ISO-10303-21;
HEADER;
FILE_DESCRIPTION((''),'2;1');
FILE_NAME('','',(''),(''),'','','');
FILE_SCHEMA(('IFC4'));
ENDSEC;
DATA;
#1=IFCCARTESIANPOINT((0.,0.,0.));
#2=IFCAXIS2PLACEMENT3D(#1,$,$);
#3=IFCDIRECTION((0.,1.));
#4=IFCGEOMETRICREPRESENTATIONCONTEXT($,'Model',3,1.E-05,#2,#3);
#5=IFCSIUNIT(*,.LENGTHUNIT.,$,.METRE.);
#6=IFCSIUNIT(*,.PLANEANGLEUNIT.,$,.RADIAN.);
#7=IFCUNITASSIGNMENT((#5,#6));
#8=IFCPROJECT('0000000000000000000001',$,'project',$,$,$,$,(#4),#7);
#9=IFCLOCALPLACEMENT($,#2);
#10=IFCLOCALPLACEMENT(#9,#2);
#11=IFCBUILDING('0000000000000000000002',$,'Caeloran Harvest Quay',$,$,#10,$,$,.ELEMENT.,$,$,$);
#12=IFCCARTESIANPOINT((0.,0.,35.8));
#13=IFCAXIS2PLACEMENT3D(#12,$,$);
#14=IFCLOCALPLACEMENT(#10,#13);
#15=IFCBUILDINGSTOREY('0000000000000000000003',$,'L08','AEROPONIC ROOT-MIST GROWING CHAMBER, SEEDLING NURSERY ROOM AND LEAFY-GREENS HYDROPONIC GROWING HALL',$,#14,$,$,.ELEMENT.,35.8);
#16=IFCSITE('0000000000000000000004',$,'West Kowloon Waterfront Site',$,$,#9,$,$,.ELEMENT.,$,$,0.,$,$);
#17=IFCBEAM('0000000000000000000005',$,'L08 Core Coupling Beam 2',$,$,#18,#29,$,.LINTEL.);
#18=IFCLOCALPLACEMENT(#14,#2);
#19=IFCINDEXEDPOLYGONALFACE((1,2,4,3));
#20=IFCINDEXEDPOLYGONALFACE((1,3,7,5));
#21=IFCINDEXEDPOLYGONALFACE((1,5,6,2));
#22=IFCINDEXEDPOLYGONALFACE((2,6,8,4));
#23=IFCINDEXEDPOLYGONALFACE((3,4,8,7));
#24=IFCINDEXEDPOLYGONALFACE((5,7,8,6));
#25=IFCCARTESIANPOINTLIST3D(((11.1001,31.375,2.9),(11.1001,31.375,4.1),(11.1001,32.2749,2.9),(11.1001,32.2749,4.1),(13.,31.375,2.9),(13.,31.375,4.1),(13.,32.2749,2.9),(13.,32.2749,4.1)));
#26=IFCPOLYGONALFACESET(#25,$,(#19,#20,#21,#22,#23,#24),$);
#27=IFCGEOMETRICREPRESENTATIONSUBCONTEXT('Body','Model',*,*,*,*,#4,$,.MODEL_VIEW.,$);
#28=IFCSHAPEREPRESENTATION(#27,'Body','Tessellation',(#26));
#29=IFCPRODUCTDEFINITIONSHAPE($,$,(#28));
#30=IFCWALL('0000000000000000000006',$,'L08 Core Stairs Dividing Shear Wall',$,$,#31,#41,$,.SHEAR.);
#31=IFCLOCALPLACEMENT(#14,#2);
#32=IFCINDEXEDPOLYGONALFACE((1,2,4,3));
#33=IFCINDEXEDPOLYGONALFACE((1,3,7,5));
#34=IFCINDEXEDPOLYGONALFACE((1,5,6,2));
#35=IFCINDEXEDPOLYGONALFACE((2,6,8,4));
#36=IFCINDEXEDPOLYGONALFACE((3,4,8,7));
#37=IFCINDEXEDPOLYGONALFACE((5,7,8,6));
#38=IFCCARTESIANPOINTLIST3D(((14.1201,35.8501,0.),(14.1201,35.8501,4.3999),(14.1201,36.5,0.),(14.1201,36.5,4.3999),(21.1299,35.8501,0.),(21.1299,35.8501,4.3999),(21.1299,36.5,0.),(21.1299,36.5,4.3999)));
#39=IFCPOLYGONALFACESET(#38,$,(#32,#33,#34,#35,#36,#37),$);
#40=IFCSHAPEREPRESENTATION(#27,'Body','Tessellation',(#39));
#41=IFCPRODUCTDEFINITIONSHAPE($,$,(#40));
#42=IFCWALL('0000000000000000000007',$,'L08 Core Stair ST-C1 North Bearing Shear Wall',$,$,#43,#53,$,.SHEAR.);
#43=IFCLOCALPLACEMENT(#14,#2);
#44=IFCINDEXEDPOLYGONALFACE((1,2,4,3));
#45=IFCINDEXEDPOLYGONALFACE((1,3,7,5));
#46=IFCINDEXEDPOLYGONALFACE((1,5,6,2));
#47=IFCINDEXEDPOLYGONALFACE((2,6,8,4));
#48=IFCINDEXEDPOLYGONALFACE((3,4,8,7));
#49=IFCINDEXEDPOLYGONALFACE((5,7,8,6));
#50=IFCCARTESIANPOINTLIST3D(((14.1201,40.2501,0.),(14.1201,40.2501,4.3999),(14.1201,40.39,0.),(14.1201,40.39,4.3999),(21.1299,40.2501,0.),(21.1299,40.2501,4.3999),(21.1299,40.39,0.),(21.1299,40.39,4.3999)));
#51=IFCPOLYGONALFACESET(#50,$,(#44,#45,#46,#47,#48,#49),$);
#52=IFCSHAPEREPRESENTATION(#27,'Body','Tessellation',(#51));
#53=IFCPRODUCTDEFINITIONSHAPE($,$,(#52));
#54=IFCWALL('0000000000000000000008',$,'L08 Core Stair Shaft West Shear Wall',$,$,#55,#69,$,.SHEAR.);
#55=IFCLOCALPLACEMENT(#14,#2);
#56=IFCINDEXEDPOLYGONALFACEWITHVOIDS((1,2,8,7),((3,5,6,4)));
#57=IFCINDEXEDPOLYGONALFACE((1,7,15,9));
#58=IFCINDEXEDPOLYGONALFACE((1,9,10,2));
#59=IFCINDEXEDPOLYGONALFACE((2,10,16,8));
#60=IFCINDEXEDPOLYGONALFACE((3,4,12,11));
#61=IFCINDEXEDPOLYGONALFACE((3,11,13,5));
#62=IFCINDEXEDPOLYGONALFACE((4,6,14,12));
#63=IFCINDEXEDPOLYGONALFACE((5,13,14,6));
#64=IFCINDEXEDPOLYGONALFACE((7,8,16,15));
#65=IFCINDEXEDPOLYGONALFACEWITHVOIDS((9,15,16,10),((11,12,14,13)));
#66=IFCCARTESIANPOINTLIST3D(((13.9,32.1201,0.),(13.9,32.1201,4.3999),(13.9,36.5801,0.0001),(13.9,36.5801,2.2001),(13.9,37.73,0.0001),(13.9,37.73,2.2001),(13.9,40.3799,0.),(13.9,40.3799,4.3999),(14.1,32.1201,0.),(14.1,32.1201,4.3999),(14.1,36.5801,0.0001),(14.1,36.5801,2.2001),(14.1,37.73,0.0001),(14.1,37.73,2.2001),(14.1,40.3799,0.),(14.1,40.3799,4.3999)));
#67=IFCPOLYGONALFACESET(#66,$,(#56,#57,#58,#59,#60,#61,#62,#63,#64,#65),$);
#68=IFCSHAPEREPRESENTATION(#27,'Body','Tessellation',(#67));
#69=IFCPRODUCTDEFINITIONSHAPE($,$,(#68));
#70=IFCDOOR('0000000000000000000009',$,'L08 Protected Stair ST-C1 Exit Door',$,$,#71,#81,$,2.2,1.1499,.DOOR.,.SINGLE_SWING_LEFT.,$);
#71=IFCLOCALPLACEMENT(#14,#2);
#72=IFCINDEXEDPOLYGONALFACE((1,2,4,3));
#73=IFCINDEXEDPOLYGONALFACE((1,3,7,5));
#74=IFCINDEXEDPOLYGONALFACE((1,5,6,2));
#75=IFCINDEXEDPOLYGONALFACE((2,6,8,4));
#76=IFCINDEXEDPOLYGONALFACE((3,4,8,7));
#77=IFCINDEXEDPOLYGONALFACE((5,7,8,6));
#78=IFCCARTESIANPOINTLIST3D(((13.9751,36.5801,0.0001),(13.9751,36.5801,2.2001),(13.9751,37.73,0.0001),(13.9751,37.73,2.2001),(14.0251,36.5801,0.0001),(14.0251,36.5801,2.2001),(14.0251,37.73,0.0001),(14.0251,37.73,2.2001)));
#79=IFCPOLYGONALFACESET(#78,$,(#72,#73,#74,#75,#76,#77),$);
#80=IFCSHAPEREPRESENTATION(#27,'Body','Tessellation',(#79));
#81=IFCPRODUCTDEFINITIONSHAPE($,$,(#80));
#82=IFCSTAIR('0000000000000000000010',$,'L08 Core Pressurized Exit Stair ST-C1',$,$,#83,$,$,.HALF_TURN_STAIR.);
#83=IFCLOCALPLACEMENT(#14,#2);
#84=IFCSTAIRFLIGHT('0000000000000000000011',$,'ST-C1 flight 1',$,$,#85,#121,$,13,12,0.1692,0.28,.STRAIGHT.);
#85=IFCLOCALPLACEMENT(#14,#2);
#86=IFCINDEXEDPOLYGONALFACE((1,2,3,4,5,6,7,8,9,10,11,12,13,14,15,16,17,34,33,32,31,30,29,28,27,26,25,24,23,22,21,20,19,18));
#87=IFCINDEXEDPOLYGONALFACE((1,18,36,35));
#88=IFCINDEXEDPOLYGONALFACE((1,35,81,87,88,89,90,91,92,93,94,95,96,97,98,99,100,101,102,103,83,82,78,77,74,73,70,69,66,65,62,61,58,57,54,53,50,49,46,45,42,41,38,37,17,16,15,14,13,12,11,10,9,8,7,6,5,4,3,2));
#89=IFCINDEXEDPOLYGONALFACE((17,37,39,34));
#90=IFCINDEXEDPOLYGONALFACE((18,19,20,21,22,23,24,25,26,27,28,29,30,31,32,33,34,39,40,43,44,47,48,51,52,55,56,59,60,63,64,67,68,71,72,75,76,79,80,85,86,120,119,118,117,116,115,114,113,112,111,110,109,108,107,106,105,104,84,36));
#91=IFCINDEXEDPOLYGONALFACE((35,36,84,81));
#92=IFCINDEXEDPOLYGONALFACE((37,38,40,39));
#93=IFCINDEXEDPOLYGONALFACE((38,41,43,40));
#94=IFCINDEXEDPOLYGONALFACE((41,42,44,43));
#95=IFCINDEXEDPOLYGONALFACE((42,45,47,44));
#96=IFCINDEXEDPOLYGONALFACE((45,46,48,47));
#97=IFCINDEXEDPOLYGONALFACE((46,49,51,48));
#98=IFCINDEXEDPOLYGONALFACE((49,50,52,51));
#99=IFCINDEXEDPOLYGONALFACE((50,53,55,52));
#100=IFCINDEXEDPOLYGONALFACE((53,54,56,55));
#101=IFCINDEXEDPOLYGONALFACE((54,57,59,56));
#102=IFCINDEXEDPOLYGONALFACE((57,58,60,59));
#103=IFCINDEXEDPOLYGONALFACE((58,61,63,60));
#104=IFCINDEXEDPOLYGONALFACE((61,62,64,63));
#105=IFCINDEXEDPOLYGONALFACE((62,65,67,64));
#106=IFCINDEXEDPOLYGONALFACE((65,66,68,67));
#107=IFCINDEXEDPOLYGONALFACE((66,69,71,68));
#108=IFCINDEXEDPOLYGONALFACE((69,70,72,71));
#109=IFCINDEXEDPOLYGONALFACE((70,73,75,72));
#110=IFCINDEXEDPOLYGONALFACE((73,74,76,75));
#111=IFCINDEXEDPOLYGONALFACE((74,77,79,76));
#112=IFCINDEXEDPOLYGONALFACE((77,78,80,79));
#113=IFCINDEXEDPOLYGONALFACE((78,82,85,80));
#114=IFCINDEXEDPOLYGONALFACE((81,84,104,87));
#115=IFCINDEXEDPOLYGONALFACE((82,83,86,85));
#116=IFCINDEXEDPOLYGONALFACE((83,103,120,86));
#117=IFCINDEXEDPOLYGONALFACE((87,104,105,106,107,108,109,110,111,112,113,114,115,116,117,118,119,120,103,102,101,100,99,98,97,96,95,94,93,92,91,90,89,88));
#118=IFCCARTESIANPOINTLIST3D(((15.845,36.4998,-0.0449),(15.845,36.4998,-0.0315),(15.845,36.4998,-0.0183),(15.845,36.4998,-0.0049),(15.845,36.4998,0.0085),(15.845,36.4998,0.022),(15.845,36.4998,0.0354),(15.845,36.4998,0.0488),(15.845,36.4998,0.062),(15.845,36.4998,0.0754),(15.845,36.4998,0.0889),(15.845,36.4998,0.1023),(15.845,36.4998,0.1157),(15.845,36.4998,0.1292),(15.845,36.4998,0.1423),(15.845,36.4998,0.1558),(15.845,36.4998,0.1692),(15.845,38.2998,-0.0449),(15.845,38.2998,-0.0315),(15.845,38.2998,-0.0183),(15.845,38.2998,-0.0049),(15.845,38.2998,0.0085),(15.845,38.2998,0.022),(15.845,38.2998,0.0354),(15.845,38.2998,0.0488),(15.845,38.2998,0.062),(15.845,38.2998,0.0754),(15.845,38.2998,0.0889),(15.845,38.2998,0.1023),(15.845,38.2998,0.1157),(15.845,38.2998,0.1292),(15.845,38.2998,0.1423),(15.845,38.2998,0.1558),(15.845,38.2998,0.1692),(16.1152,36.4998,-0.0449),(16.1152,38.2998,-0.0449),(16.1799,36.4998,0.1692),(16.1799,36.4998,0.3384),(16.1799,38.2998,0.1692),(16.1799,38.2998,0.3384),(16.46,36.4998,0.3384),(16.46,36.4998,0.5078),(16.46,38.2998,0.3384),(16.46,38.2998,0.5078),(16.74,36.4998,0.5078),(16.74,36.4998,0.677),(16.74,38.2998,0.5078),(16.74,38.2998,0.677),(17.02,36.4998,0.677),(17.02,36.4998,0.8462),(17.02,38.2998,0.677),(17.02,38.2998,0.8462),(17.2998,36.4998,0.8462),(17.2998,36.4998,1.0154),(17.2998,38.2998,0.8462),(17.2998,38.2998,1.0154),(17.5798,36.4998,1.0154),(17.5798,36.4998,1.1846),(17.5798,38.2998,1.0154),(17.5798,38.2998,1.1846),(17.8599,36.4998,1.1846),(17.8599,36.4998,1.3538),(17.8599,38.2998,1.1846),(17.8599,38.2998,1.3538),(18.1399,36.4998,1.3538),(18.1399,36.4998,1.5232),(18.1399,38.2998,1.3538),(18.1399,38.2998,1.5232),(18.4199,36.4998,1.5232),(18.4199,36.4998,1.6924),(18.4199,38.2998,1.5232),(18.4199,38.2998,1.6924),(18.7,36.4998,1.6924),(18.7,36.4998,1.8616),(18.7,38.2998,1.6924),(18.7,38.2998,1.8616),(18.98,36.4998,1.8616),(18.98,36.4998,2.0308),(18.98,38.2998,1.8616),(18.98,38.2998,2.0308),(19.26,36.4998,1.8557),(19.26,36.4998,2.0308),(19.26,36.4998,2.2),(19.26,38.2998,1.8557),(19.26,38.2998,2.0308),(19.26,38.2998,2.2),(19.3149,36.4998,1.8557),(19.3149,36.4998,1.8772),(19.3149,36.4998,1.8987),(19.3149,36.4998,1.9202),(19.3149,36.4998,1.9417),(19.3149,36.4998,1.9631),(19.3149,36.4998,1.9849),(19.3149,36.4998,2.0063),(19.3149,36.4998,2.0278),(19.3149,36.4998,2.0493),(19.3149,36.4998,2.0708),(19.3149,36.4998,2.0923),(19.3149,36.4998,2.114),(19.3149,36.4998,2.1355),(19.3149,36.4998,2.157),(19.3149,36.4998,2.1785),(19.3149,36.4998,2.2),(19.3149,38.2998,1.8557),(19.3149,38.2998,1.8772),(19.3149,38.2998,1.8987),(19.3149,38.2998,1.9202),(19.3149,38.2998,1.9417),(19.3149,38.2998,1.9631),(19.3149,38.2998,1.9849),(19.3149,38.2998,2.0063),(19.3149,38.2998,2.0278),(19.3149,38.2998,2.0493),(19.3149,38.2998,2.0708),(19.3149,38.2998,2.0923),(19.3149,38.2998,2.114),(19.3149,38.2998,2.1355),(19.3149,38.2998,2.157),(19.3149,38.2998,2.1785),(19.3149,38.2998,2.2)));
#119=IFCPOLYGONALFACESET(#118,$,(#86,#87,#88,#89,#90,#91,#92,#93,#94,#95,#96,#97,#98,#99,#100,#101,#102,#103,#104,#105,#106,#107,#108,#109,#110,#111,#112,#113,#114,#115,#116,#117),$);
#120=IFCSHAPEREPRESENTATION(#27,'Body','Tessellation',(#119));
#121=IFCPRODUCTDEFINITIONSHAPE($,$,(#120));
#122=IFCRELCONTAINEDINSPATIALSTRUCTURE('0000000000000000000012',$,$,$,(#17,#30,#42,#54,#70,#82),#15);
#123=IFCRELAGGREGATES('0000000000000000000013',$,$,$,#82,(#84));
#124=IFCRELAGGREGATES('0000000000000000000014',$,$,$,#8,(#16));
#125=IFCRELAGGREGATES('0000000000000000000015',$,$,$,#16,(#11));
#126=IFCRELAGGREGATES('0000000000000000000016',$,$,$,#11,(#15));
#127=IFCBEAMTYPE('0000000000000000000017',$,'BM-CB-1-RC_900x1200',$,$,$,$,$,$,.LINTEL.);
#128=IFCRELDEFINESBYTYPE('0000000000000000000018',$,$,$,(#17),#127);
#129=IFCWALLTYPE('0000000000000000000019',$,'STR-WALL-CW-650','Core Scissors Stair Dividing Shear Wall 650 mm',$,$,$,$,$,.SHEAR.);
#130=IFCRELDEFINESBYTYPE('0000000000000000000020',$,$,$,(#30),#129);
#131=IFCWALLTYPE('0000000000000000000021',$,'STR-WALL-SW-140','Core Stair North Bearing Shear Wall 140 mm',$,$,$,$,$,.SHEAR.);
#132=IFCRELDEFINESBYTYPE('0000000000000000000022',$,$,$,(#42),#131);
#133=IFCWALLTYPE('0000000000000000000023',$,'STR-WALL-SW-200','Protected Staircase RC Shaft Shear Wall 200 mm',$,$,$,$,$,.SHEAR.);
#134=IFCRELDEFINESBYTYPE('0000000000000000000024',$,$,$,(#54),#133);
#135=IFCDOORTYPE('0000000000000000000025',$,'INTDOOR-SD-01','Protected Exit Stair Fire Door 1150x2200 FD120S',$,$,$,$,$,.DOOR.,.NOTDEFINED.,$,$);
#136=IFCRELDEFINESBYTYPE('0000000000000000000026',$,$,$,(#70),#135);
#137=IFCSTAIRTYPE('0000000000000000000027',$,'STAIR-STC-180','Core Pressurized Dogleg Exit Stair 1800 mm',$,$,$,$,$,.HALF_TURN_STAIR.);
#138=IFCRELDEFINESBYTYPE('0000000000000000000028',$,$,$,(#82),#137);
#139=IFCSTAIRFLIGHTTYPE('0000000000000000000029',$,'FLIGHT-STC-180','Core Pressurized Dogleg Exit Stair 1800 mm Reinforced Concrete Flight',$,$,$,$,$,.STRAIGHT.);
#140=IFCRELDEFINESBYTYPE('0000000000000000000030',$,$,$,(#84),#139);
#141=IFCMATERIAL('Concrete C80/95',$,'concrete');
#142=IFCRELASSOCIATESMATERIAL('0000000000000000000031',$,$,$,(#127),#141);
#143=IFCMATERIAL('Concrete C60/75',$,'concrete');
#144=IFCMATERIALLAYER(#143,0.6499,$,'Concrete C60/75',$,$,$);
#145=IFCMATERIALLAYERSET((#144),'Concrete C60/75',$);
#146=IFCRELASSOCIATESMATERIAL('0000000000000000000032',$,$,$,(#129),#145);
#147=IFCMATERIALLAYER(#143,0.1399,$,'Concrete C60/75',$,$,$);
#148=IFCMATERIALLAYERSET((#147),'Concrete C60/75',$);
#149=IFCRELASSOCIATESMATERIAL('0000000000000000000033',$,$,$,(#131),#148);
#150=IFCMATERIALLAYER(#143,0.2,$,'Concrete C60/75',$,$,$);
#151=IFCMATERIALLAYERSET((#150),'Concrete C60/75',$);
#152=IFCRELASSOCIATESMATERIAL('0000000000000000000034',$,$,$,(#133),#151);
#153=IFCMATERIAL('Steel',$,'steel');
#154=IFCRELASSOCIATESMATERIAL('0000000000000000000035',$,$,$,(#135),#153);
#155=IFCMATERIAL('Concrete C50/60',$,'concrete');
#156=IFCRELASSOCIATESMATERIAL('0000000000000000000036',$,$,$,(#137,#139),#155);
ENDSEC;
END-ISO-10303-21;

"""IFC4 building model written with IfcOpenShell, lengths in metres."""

from ifc_helpers import new_model, si_unit, direction, frame, frame_2d, origin, origin_2d, place, context, subcontext, project, spatial, polyline, rectangle, outline, extrude, material, layer, layer_set, material_profile, profile_set, type_object, element, fill, aggregate, save


model = new_model("IFC4")

# Units and contexts
model_context = context("Model", 3, precision=1e-05, world=origin(), true_north=direction((0.0, 1.0)))
body_context = subcontext(model_context, "Body", "Model", "MODEL_VIEW")
ifc_project = project(units=[si_unit("LENGTHUNIT", "METRE"), si_unit("PLANEANGLEUNIT", "RADIAN")], contexts=[model_context])

# Site, building, storey
site_placement = place(None, origin())
site = spatial("IfcSite", under=ifc_project, at=site_placement, Name="West Kowloon Waterfront Site", CompositionType="ELEMENT", RefElevation=0.0)
building_placement = place(site_placement, origin())
building = spatial("IfcBuilding", under=site, at=building_placement, Name="Caeloran Harvest Quay", CompositionType="ELEMENT")
storey_placement = place(building_placement, frame((0.0, 0.0, 35.8)))
storey = spatial("IfcBuildingStorey", under=building, at=storey_placement, Name="L08", Description="AEROPONIC ROOT-MIST GROWING CHAMBER, SEEDLING NURSERY ROOM AND LEAFY-GREENS HYDROPONIC GROWING HALL", CompositionType="ELEMENT", Elevation=35.8)

# Beam
ifc_material_1 = material(Name="Concrete C80/95", Category="concrete")
ifc_material_profile = material_profile(ifc_material_1, rectangle(XDim=0.8999, YDim=1.2, at=origin_2d()), Name="RC 900x1200")
ifc_profile_set = profile_set([ifc_material_profile], Name="Concrete C80/95")
beam_type = type_object("IfcBeamType", Name="BM-CB-1-RC_900x1200", PredefinedType="LINTEL", material=ifc_profile_set)
beam_placement = place(storey_placement, frame((11.1001, 31.825, 3.5), z_axis=(1.0, 0.0, 0.0), x_axis=(0.0, 1.0, 0.0)))
element("IfcBeam", 1, at=beam_placement, inside=storey, type_object=beam_type, Name="L08 Core Coupling Beam 2", PredefinedType="LINTEL", context=body_context, shape_type="SweptSolid", body=[
    extrude(rectangle(XDim=0.8999, YDim=1.2, at=origin_2d()), origin(), (0.0, 0.0, 1.0), 1.8999),
])

# Walls
ifc_material_2 = material(Name="Concrete C60/75", Category="concrete")
ifc_layer_1 = layer(ifc_material_2, 0.6499, Name="Concrete C60/75")
ifc_layer_set_1 = layer_set([ifc_layer_1], Name="Concrete C60/75")
wall_type_1 = type_object("IfcWallType", Name="STR-WALL-CW-650", Description="Core Scissors Stair Dividing Shear Wall 650 mm", PredefinedType="SHEAR", material=ifc_layer_set_1)
wall_1_placement = place(storey_placement, frame((14.1201, 36.175, 0.0), z_axis=(0.0, 0.0, 1.0), x_axis=(1.0, 0.0, 0.0)))
element("IfcWall", 2, at=wall_1_placement, inside=storey, type_object=wall_type_1, Name="L08 Core Stairs Dividing Shear Wall", PredefinedType="SHEAR", context=body_context, shape_type="SweptSolid", body=[
    extrude(rectangle(XDim=7.0098, YDim=0.6499, at=frame_2d((3.5049, 0.0))), origin(), (0.0, 0.0, 1.0), 4.3999),
])
ifc_layer_2 = layer(ifc_material_2, 0.1399, Name="Concrete C60/75")
ifc_layer_set_2 = layer_set([ifc_layer_2], Name="Concrete C60/75")
wall_type_2 = type_object("IfcWallType", Name="STR-WALL-SW-140", Description="Core Stair North Bearing Shear Wall 140 mm", PredefinedType="SHEAR", material=ifc_layer_set_2)
wall_2_placement = place(storey_placement, frame((14.1201, 40.3201, 0.0), z_axis=(0.0, 0.0, 1.0), x_axis=(1.0, 0.0, 0.0)))
element("IfcWall", 3, at=wall_2_placement, inside=storey, type_object=wall_type_2, Name="L08 Core Stair ST-C1 North Bearing Shear Wall", PredefinedType="SHEAR", context=body_context, shape_type="SweptSolid", body=[
    extrude(rectangle(XDim=7.0098, YDim=0.1399, at=frame_2d((3.5049, 0.0))), origin(), (0.0, 0.0, 1.0), 4.3999),
])

# Wall, opening, door
ifc_layer_3 = layer(ifc_material_2, 0.2, Name="Concrete C60/75")
ifc_layer_set_3 = layer_set([ifc_layer_3], Name="Concrete C60/75")
wall_type_3 = type_object("IfcWallType", Name="STR-WALL-SW-200", Description="Protected Staircase RC Shaft Shear Wall 200 mm", PredefinedType="SHEAR", material=ifc_layer_set_3)
wall_3_placement = place(storey_placement, frame((14.0, 32.1201, 0.0), z_axis=(0.0, 0.0, 1.0), x_axis=(0.0, 1.0, 0.0)))
wall_3 = element("IfcWall", 4, at=wall_3_placement, inside=storey, type_object=wall_type_3, Name="L08 Core Stair Shaft West Shear Wall", PredefinedType="SHEAR", context=body_context, shape_type="SweptSolid", body=[
    extrude(rectangle(XDim=8.2598, YDim=0.2, at=frame_2d((4.1299, 0.0))), origin(), (0.0, 0.0, 1.0), 4.3999),
])
opening_placement = place(wall_3_placement, frame((4.46, 0.0, 0.0)))
opening = element("IfcOpeningElement", 5, at=opening_placement, cuts=wall_3, PredefinedType="OPENING", context=body_context, shape_type="SweptSolid", body=[
    extrude(rectangle(XDim=1.1499, YDim=2.2, at=frame_2d((0.575, 1.1001))), frame((0.0, 0.1099, 0.0), z_axis=(0.0, -1.0, 0.0), x_axis=(1.0, 0.0, 0.0)), (0.0, 0.0, 1.0), 0.22),
])
ifc_material_3 = material(Name="Steel", Category="steel")
door_type = type_object("IfcDoorType", Name="INTDOOR-SD-01", Description="Protected Exit Stair Fire Door 1150x2200 FD120S", OperationType="NOTDEFINED", PredefinedType="DOOR", material=ifc_material_3)
door_placement = place(opening_placement, origin())
door = element("IfcDoor", 6, at=door_placement, inside=storey, type_object=door_type, Name="L08 Protected Stair ST-C1 Exit Door", OperationType="SINGLE_SWING_LEFT", OverallHeight=2.2, OverallWidth=1.1499, PredefinedType="DOOR", context=body_context, shape_type="SweptSolid", body=[
    extrude(rectangle(XDim=1.1499, YDim=2.2, at=frame_2d((0.575, 1.1001))), frame((0.0, 0.0249, 0.0), z_axis=(0.0, -1.0, 0.0), x_axis=(1.0, 0.0, 0.0)), (0.0, 0.0, 1.0), 0.05),
])
fill(opening, door)

# Stair, stair flight
ifc_material_4 = material(Name="Concrete C50/60", Category="concrete")
stair_type = type_object("IfcStairType", Name="STAIR-STC-180", Description="Core Pressurized Dogleg Exit Stair 1800 mm", PredefinedType="HALF_TURN_STAIR", material=ifc_material_4)
stair_1_placement = place(storey_placement, origin())
stair_1 = element("IfcStair", 7, at=stair_1_placement, inside=storey, type_object=stair_type, Name="L08 Core Pressurized Exit Stair ST-C1", PredefinedType="HALF_TURN_STAIR")
stair_flight_type = type_object("IfcStairFlightType", Name="FLIGHT-STC-180", Description="Core Pressurized Dogleg Exit Stair 1800 mm Reinforced Concrete Flight", PredefinedType="STRAIGHT", material=ifc_material_4)
stair_flight_1_placement = place(storey_placement, frame((15.8999, 37.3999, 0.0), z_axis=(0.0, 0.0, 1.0), x_axis=(1.0, 0.0, 0.0)))
stair_flight_1 = element("IfcStairFlight", 8, at=stair_flight_1_placement, type_object=stair_flight_type, Name="ST-C1 flight 1", NumberOfRisers=13, NumberOfTreads=12, PredefinedType="STRAIGHT", RiserHeight=0.1692, TreadLength=0.28, context=body_context, shape_type="SweptSolid", body=[
    extrude(outline(polyline([(-0.0549, -0.0449), (-0.0549, -0.0315), (-0.0549, -0.0183), (-0.0549, -0.0049), (-0.0549, 0.0085), (-0.0549, 0.022), (-0.0549, 0.0354), (-0.0549, 0.0488), (-0.0549, 0.062), (-0.0549, 0.0754), (-0.0549, 0.0889), (-0.0549, 0.1023), (-0.0549, 0.1157), (-0.0549, 0.1292), (-0.0549, 0.1423), (-0.0549, 0.1558), (-0.0549, 0.1692), (0.28, 0.1692), (0.28, 0.3384), (0.5601, 0.3384), (0.5601, 0.5078), (0.8401, 0.5078), (0.8401, 0.677), (1.1201, 0.677), (1.1201, 0.8462), (1.3999, 0.8462), (1.3999, 1.0154), (1.6799, 1.0154), (1.6799, 1.1846), (1.96, 1.1846), (1.96, 1.3538), (2.24, 1.3538), (2.24, 1.5232), (2.52, 1.5232), (2.52, 1.6924), (2.8, 1.6924), (2.8, 1.8616), (3.0801, 1.8616), (3.0801, 2.0308), (3.3601, 2.0308), (3.3601, 2.2), (3.415, 2.2), (3.415, 2.1785), (3.415, 2.157), (3.415, 2.1355), (3.415, 2.114), (3.415, 2.0923), (3.415, 2.0708), (3.415, 2.0493), (3.415, 2.0278), (3.415, 2.0063), (3.415, 1.9849), (3.415, 1.9631), (3.415, 1.9417), (3.415, 1.9202), (3.415, 1.8987), (3.415, 1.8772), (3.415, 1.8557), (3.3601, 1.8557), (0.2153, -0.0449), (-0.0549, -0.0449)])), frame((0.0, 0.8999, 0.0), z_axis=(0.0, -1.0, 0.0), x_axis=(1.0, 0.0, 0.0)), (0.0, 0.0, 1.0), 1.8),
])
aggregate(stair_1, [stair_flight_1])

save(model, "model.ifc")
